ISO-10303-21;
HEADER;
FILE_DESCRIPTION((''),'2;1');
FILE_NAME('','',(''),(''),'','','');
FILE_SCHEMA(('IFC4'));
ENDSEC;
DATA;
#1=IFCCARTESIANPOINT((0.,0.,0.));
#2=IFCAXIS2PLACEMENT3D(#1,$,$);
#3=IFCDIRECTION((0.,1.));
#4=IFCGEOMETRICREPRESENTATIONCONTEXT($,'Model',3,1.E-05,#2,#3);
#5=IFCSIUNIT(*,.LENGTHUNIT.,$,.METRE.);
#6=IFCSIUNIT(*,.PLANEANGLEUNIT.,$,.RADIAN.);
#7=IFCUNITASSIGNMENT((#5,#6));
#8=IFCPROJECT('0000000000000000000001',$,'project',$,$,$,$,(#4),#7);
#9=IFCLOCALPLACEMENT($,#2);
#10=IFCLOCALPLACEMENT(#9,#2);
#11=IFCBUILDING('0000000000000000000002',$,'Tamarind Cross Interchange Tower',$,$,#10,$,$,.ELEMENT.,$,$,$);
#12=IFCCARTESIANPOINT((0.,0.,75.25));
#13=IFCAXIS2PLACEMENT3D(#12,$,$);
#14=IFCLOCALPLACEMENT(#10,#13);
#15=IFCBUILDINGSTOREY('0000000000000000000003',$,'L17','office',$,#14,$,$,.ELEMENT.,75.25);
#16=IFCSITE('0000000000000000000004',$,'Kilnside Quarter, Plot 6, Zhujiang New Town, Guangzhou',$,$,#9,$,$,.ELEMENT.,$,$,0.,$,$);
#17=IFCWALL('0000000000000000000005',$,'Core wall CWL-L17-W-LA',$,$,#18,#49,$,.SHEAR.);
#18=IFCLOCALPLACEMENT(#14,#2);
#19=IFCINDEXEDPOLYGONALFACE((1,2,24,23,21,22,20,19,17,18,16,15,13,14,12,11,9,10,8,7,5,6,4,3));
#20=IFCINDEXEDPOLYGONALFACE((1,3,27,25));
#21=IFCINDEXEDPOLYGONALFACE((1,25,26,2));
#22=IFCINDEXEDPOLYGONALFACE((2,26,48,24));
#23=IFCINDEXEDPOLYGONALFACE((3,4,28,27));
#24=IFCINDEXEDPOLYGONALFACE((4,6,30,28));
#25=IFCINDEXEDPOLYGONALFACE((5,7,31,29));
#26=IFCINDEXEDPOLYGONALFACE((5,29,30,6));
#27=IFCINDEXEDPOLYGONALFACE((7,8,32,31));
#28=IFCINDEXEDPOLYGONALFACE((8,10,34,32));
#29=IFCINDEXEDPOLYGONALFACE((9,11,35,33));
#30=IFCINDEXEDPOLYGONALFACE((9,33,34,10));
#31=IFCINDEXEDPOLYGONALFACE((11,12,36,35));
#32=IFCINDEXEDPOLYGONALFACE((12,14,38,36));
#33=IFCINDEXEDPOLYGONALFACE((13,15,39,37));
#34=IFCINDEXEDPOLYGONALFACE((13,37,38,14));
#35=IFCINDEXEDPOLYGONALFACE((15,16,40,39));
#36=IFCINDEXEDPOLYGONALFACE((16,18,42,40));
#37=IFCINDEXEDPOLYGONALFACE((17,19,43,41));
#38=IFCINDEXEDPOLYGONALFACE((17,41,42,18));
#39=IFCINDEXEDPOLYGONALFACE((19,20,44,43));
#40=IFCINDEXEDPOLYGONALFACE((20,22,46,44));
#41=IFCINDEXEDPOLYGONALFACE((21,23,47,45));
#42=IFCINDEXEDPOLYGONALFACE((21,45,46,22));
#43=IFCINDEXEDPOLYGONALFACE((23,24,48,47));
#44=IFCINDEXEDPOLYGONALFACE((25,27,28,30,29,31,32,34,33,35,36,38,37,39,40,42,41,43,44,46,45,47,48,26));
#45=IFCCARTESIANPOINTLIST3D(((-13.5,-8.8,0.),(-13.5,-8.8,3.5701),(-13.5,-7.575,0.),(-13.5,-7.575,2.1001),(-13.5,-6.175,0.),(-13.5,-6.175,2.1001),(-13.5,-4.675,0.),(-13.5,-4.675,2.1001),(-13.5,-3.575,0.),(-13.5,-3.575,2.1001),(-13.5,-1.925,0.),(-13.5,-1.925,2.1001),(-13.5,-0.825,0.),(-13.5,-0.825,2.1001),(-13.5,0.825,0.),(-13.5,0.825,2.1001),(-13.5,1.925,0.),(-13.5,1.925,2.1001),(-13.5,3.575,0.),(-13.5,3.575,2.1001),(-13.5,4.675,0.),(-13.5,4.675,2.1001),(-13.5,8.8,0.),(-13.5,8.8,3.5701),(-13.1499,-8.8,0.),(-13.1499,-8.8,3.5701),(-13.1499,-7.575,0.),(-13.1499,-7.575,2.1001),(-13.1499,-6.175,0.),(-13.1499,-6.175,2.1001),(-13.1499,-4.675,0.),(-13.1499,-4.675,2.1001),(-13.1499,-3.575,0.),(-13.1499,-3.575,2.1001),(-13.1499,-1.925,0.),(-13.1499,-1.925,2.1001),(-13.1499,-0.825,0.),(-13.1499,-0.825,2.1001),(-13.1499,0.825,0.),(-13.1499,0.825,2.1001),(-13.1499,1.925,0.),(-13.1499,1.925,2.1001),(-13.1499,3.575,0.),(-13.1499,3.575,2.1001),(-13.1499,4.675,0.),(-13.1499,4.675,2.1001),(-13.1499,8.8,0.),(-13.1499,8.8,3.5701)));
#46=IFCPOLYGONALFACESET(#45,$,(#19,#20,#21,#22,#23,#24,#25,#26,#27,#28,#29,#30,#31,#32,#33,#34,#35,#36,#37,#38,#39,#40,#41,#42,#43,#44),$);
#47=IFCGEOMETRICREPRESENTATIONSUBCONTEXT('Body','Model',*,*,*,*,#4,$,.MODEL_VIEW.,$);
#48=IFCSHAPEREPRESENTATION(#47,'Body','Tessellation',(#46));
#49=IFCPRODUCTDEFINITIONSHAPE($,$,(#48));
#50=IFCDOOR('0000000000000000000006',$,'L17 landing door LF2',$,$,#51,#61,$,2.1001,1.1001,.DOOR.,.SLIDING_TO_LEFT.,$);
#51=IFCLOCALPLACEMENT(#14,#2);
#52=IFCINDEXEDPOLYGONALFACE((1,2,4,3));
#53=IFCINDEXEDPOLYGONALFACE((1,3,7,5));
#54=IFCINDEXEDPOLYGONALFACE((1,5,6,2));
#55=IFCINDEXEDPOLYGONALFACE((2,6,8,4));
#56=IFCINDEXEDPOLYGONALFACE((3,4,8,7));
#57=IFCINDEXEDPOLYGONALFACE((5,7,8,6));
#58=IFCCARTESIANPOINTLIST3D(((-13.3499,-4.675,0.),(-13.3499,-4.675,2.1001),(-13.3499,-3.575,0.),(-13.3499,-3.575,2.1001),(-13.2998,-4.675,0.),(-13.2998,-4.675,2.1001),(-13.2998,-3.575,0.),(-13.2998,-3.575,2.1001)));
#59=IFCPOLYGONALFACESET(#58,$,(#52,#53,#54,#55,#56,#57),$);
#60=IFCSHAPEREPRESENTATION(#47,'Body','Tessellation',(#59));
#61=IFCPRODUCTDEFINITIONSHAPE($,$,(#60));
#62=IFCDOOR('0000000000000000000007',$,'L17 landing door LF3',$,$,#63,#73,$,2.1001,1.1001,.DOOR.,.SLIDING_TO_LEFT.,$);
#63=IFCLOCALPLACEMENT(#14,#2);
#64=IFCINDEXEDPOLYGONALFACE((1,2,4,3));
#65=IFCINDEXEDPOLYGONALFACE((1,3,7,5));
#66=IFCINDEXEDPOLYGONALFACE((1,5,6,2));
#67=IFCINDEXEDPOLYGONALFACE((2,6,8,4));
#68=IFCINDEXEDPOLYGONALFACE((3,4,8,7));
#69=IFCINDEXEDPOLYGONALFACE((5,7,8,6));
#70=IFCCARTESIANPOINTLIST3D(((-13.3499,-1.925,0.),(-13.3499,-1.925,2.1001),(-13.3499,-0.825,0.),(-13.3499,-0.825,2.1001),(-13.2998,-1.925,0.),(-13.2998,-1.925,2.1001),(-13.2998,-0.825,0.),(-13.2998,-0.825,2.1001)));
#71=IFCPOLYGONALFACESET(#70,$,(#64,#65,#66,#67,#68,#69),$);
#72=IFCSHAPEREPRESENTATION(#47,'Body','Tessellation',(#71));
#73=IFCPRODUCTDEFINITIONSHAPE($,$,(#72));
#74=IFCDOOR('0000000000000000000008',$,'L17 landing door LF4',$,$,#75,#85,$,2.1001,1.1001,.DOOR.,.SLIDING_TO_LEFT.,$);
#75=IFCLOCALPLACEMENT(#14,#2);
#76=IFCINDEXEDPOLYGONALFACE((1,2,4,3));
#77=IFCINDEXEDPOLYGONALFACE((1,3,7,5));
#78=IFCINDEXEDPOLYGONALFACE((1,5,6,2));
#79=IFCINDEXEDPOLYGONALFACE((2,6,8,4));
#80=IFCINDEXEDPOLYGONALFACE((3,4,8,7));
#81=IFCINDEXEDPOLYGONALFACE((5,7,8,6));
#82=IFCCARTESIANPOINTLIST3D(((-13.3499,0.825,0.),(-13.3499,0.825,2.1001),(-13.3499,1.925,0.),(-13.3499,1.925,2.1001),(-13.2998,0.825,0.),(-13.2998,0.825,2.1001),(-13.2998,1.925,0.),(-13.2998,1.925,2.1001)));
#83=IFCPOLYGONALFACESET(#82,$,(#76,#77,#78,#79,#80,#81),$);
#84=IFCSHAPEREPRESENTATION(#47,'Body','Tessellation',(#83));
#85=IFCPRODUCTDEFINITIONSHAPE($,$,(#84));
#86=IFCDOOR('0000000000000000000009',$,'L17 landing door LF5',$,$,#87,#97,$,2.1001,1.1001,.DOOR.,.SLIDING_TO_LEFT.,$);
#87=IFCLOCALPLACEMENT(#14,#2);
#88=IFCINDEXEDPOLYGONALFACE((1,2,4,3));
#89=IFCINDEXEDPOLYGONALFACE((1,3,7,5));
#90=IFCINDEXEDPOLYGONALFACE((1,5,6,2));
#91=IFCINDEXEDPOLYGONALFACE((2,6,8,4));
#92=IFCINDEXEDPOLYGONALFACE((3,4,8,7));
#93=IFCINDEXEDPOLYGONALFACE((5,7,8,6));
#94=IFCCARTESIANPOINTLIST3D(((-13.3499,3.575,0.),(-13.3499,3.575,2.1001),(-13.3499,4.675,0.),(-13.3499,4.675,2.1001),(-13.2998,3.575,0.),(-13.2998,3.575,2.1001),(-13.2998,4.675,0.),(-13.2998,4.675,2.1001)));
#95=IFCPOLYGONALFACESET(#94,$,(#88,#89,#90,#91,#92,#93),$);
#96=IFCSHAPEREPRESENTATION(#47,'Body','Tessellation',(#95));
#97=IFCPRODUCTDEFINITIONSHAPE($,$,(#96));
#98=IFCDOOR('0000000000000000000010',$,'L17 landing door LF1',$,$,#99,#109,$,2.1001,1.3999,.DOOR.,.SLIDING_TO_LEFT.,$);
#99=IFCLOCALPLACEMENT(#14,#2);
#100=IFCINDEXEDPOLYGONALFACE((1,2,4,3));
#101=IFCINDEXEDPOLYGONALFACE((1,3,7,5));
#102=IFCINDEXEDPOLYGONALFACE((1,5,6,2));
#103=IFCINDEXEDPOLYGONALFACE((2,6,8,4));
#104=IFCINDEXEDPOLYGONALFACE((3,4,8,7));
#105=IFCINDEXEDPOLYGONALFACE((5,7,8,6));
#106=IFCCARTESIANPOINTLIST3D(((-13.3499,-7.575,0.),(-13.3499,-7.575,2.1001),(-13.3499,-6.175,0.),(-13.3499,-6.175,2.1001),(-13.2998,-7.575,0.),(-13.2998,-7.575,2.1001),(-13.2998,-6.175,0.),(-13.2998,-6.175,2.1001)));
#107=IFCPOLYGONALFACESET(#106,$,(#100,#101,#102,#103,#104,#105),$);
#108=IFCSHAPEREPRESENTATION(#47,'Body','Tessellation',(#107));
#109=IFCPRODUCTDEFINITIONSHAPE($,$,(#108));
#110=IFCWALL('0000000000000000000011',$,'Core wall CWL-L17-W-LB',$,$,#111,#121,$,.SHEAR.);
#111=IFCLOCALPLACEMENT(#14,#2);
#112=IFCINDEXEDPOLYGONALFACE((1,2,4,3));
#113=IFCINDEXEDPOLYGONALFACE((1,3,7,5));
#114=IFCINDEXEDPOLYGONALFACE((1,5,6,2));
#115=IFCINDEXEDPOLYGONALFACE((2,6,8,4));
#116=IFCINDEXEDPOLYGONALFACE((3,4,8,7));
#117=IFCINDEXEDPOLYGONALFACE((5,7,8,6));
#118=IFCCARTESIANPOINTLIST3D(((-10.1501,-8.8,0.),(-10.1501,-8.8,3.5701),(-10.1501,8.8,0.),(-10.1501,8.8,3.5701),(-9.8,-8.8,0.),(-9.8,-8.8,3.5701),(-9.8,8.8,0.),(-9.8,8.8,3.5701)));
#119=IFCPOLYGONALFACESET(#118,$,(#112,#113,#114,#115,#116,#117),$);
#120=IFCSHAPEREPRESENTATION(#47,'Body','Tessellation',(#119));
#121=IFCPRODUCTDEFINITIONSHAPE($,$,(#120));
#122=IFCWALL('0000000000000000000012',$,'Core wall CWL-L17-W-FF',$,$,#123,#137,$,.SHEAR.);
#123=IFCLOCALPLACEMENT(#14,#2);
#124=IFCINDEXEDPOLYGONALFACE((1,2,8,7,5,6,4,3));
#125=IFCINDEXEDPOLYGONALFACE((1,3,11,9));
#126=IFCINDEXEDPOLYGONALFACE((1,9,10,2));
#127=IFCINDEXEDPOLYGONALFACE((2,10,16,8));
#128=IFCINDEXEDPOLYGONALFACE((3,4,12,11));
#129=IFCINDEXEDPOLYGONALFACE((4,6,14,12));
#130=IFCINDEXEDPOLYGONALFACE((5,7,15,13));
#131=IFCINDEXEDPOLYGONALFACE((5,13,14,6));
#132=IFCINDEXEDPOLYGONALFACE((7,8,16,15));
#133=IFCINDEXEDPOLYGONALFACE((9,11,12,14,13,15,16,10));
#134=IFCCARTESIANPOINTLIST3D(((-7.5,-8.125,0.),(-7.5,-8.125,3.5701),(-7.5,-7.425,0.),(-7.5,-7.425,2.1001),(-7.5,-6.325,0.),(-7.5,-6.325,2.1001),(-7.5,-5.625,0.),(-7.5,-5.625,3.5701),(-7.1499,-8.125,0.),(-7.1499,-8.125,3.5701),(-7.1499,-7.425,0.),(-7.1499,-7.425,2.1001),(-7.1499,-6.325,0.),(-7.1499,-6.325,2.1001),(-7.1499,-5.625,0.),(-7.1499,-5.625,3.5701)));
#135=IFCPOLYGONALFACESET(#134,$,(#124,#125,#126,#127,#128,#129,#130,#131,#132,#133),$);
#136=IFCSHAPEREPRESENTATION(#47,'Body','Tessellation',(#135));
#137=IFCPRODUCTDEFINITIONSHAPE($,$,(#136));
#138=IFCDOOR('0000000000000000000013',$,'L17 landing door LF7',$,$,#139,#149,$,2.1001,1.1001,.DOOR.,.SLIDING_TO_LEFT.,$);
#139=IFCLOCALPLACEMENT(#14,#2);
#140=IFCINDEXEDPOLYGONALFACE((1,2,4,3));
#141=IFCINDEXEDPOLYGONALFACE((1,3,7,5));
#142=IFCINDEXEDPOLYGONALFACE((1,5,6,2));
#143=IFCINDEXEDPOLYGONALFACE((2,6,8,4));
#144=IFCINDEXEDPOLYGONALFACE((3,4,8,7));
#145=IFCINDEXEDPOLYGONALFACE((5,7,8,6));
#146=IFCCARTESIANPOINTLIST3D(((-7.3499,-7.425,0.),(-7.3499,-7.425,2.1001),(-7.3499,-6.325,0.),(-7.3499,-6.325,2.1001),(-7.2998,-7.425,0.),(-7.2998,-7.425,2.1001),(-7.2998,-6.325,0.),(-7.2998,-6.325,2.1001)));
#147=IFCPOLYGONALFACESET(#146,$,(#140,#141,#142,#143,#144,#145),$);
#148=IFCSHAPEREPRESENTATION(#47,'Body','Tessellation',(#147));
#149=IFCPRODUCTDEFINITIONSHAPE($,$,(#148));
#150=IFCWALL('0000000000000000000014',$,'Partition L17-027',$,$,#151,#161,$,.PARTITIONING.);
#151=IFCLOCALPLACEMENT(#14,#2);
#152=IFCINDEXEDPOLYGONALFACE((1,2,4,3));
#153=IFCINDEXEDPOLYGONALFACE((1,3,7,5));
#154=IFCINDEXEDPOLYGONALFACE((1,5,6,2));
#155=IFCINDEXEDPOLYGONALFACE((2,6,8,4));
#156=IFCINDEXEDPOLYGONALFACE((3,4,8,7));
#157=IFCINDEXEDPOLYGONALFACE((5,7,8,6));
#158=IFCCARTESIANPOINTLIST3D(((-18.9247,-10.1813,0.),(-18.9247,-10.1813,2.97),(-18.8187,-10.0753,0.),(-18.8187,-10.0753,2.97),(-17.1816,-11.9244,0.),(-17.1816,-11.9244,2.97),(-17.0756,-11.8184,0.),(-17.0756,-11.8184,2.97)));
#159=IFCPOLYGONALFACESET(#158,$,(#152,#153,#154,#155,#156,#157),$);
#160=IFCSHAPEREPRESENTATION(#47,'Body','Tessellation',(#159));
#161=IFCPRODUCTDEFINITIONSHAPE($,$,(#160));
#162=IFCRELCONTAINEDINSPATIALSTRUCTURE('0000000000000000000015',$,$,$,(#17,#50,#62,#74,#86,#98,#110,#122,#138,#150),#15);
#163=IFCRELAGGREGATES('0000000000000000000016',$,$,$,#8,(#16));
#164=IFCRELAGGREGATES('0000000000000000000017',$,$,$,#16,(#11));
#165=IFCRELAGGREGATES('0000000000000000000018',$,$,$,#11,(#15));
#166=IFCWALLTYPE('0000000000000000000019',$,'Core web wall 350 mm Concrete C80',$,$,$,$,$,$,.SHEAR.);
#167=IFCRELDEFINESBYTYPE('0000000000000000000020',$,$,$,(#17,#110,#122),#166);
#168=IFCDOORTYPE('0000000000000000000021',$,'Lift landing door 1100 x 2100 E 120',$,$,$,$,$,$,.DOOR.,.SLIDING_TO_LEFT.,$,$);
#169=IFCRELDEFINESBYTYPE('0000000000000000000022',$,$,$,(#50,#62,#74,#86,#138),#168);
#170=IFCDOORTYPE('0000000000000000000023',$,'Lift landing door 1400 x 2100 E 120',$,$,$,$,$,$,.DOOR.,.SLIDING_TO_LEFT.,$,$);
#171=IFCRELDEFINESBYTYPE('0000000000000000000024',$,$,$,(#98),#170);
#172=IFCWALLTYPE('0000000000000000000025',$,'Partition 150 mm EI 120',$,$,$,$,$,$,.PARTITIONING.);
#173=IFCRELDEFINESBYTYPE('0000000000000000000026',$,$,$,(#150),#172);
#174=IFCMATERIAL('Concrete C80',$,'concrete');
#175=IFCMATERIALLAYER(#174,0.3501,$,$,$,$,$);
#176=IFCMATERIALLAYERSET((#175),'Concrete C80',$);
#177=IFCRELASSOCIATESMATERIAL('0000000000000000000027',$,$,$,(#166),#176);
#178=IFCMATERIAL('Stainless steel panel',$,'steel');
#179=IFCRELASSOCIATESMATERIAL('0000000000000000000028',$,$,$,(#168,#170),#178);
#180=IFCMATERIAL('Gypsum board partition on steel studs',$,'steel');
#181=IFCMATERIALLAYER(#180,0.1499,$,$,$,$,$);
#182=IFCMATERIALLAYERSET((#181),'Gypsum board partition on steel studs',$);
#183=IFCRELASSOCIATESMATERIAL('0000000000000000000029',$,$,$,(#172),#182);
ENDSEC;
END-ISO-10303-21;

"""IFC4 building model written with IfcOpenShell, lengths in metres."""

from ifc_helpers import new_model, si_unit, direction, frame, frame_2d, origin, place, context, subcontext, project, spatial, rectangle, extrude, material, layer, layer_set, type_object, element, fill, save


model = new_model("IFC4")

# Units and contexts
model_context = context("Model", 3, precision=1e-05, world=origin(), true_north=direction((0.0, 1.0)))
body_context = subcontext(model_context, "Body", "Model", "MODEL_VIEW")
ifc_project = project(units=[si_unit("LENGTHUNIT", "METRE"), si_unit("PLANEANGLEUNIT", "RADIAN")], contexts=[model_context])

# Site, building, storey
site_placement = place(None, origin())
site = spatial("IfcSite", under=ifc_project, at=site_placement, Name="Kilnside Quarter, Plot 6, Zhujiang New Town, Guangzhou", CompositionType="ELEMENT", RefElevation=0.0)
building_placement = place(site_placement, origin())
building = spatial("IfcBuilding", under=site, at=building_placement, Name="Tamarind Cross Interchange Tower", CompositionType="ELEMENT")
storey_placement = place(building_placement, frame((0.0, 0.0, 75.25)))
storey = spatial("IfcBuildingStorey", under=building, at=storey_placement, Name="L17", Description="office", CompositionType="ELEMENT", Elevation=75.25)

# Shared definitions
ifc_material_1 = material(Name="Concrete C80", Category="concrete")

# Shared definitions
ifc_layer_1 = layer(ifc_material_1, 0.3501)
ifc_layer_set_1 = layer_set([ifc_layer_1], Name="Concrete C80")
wall_type_1 = type_object("IfcWallType", Name="Core web wall 350 mm Concrete C80", PredefinedType="SHEAR", material=ifc_layer_set_1)

# Wall, openings, doors
wall_1_placement = place(storey_placement, frame((-13.325, -8.8, 0.0), z_axis=(0.0, 0.0, 1.0), x_axis=(0.0, 1.0, 0.0)))
wall_1 = element("IfcWall", 1, at=wall_1_placement, inside=storey, type_object=wall_type_1, Name="Core wall CWL-L17-W-LA", PredefinedType="SHEAR", context=body_context, shape_type="SweptSolid", body=[
    extrude(rectangle(XDim=17.6001, YDim=0.3501, at=frame_2d((8.8, 0.0))), origin(), (0.0, 0.0, 1.0), 3.5701),
])
opening_1_placement = place(wall_1_placement, frame((1.2251, 0.0, 0.0)))
opening_1 = element("IfcOpeningElement", 2, at=opening_1_placement, cuts=wall_1, PredefinedType="OPENING", context=body_context, shape_type="SweptSolid", body=[
    extrude(rectangle(XDim=1.3999, YDim=2.1001, at=frame_2d((0.7, 1.05))), frame((0.0, 0.1851, 0.0), z_axis=(0.0, -1.0, 0.0), x_axis=(1.0, 0.0, 0.0)), (0.0, 0.0, 1.0), 0.3701),
])
opening_2_placement = place(wall_1_placement, frame((4.125, 0.0, 0.0)))
opening_2 = element("IfcOpeningElement", 3, at=opening_2_placement, cuts=wall_1, PredefinedType="OPENING", context=body_context, shape_type="SweptSolid", body=[
    extrude(rectangle(XDim=1.1001, YDim=2.1001, at=frame_2d((0.55, 1.05))), frame((0.0, 0.1851, 0.0), z_axis=(0.0, -1.0, 0.0), x_axis=(1.0, 0.0, 0.0)), (0.0, 0.0, 1.0), 0.3701),
])
opening_3_placement = place(wall_1_placement, frame((6.875, 0.0, 0.0)))
opening_3 = element("IfcOpeningElement", 4, at=opening_3_placement, cuts=wall_1, PredefinedType="OPENING", context=body_context, shape_type="SweptSolid", body=[
    extrude(rectangle(XDim=1.1001, YDim=2.1001, at=frame_2d((0.55, 1.05))), frame((0.0, 0.1851, 0.0), z_axis=(0.0, -1.0, 0.0), x_axis=(1.0, 0.0, 0.0)), (0.0, 0.0, 1.0), 0.3701),
])
opening_4_placement = place(wall_1_placement, frame((9.625, 0.0, 0.0)))
opening_4 = element("IfcOpeningElement", 5, at=opening_4_placement, cuts=wall_1, PredefinedType="OPENING", context=body_context, shape_type="SweptSolid", body=[
    extrude(rectangle(XDim=1.1001, YDim=2.1001, at=frame_2d((0.55, 1.05))), frame((0.0, 0.1851, 0.0), z_axis=(0.0, -1.0, 0.0), x_axis=(1.0, 0.0, 0.0)), (0.0, 0.0, 1.0), 0.3701),
])
opening_5_placement = place(wall_1_placement, frame((12.375, 0.0, 0.0)))
opening_5 = element("IfcOpeningElement", 6, at=opening_5_placement, cuts=wall_1, PredefinedType="OPENING", context=body_context, shape_type="SweptSolid", body=[
    extrude(rectangle(XDim=1.1001, YDim=2.1001, at=frame_2d((0.55, 1.05))), frame((0.0, 0.1851, 0.0), z_axis=(0.0, -1.0, 0.0), x_axis=(1.0, 0.0, 0.0)), (0.0, 0.0, 1.0), 0.3701),
])
ifc_material_2 = material(Name="Stainless steel panel", Category="steel")
door_type_1 = type_object("IfcDoorType", Name="Lift landing door 1100 x 2100 E 120", OperationType="SLIDING_TO_LEFT", PredefinedType="DOOR", material=ifc_material_2)
door_1_placement = place(opening_2_placement, origin())
door_1 = element("IfcDoor", 7, at=door_1_placement, inside=storey, type_object=door_type_1, Name="L17 landing door LF2", OperationType="SLIDING_TO_LEFT", OverallHeight=2.1001, OverallWidth=1.1001, PredefinedType="DOOR", context=body_context, shape_type="SweptSolid", body=[
    extrude(rectangle(XDim=1.1001, YDim=2.1001, at=frame_2d((0.55, 1.05))), frame((0.0, 0.0249, 0.0), z_axis=(0.0, -1.0, 0.0), x_axis=(1.0, 0.0, 0.0)), (0.0, 0.0, 1.0), 0.05),
])
fill(opening_2, door_1)
door_2_placement = place(opening_3_placement, origin())
door_2 = element("IfcDoor", 8, at=door_2_placement, inside=storey, type_object=door_type_1, Name="L17 landing door LF3", OperationType="SLIDING_TO_LEFT", OverallHeight=2.1001, OverallWidth=1.1001, PredefinedType="DOOR", context=body_context, shape_type="SweptSolid", body=[
    extrude(rectangle(XDim=1.1001, YDim=2.1001, at=frame_2d((0.55, 1.05))), frame((0.0, 0.0249, 0.0), z_axis=(0.0, -1.0, 0.0), x_axis=(1.0, 0.0, 0.0)), (0.0, 0.0, 1.0), 0.05),
])
fill(opening_3, door_2)
door_3_placement = place(opening_4_placement, origin())
door_3 = element("IfcDoor", 9, at=door_3_placement, inside=storey, type_object=door_type_1, Name="L17 landing door LF4", OperationType="SLIDING_TO_LEFT", OverallHeight=2.1001, OverallWidth=1.1001, PredefinedType="DOOR", context=body_context, shape_type="SweptSolid", body=[
    extrude(rectangle(XDim=1.1001, YDim=2.1001, at=frame_2d((0.55, 1.05))), frame((0.0, 0.0249, 0.0), z_axis=(0.0, -1.0, 0.0), x_axis=(1.0, 0.0, 0.0)), (0.0, 0.0, 1.0), 0.05),
])
fill(opening_4, door_3)
door_4_placement = place(opening_5_placement, origin())
door_4 = element("IfcDoor", 10, at=door_4_placement, inside=storey, type_object=door_type_1, Name="L17 landing door LF5", OperationType="SLIDING_TO_LEFT", OverallHeight=2.1001, OverallWidth=1.1001, PredefinedType="DOOR", context=body_context, shape_type="SweptSolid", body=[
    extrude(rectangle(XDim=1.1001, YDim=2.1001, at=frame_2d((0.55, 1.05))), frame((0.0, 0.0249, 0.0), z_axis=(0.0, -1.0, 0.0), x_axis=(1.0, 0.0, 0.0)), (0.0, 0.0, 1.0), 0.05),
])
fill(opening_5, door_4)
door_type_2 = type_object("IfcDoorType", Name="Lift landing door 1400 x 2100 E 120", OperationType="SLIDING_TO_LEFT", PredefinedType="DOOR", material=ifc_material_2)
door_5_placement = place(opening_1_placement, origin())
door_5 = element("IfcDoor", 11, at=door_5_placement, inside=storey, type_object=door_type_2, Name="L17 landing door LF1", OperationType="SLIDING_TO_LEFT", OverallHeight=2.1001, OverallWidth=1.3999, PredefinedType="DOOR", context=body_context, shape_type="SweptSolid", body=[
    extrude(rectangle(XDim=1.3999, YDim=2.1001, at=frame_2d((0.7, 1.05))), frame((0.0, 0.0249, 0.0), z_axis=(0.0, -1.0, 0.0), x_axis=(1.0, 0.0, 0.0)), (0.0, 0.0, 1.0), 0.05),
])
fill(opening_1, door_5)

# Wall
wall_2_placement = place(storey_placement, frame((-9.9751, -8.8, 0.0), z_axis=(0.0, 0.0, 1.0), x_axis=(0.0, 1.0, 0.0)))
element("IfcWall", 12, at=wall_2_placement, inside=storey, type_object=wall_type_1, Name="Core wall CWL-L17-W-LB", PredefinedType="SHEAR", context=body_context, shape_type="SweptSolid", body=[
    extrude(rectangle(XDim=17.6001, YDim=0.3501, at=frame_2d((8.8, 0.0))), origin(), (0.0, 0.0, 1.0), 3.5701),
])

# Wall, opening, door
wall_3_placement = place(storey_placement, frame((-7.325, -8.125, 0.0), z_axis=(0.0, 0.0, 1.0), x_axis=(0.0, 1.0, 0.0)))
wall_3 = element("IfcWall", 13, at=wall_3_placement, inside=storey, type_object=wall_type_1, Name="Core wall CWL-L17-W-FF", PredefinedType="SHEAR", context=body_context, shape_type="SweptSolid", body=[
    extrude(rectangle(XDim=2.5, YDim=0.3501, at=frame_2d((1.25, 0.0))), origin(), (0.0, 0.0, 1.0), 3.5701),
])
opening_6_placement = place(wall_3_placement, frame((0.7, 0.0, 0.0)))
opening_6 = element("IfcOpeningElement", 14, at=opening_6_placement, cuts=wall_3, PredefinedType="OPENING", context=body_context, shape_type="SweptSolid", body=[
    extrude(rectangle(XDim=1.1001, YDim=2.1001, at=frame_2d((0.55, 1.05))), frame((0.0, 0.1851, 0.0), z_axis=(0.0, -1.0, 0.0), x_axis=(1.0, 0.0, 0.0)), (0.0, 0.0, 1.0), 0.3701),
])
door_6_placement = place(opening_6_placement, origin())
door_6 = element("IfcDoor", 15, at=door_6_placement, inside=storey, type_object=door_type_1, Name="L17 landing door LF7", OperationType="SLIDING_TO_LEFT", OverallHeight=2.1001, OverallWidth=1.1001, PredefinedType="DOOR", context=body_context, shape_type="SweptSolid", body=[
    extrude(rectangle(XDim=1.1001, YDim=2.1001, at=frame_2d((0.55, 1.05))), frame((0.0, 0.0249, 0.0), z_axis=(0.0, -1.0, 0.0), x_axis=(1.0, 0.0, 0.0)), (0.0, 0.0, 1.0), 0.05),
])
fill(opening_6, door_6)

# Wall
ifc_material_3 = material(Name="Gypsum board partition on steel studs", Category="steel")
ifc_layer_2 = layer(ifc_material_3, 0.1499)
ifc_layer_set_2 = layer_set([ifc_layer_2], Name="Gypsum board partition on steel studs")
wall_type_2 = type_object("IfcWallType", Name="Partition 150 mm EI 120", PredefinedType="PARTITIONING", material=ifc_layer_set_2)
wall_4_placement = place(storey_placement, frame((-18.8716, -10.1284, 0.0), z_axis=(0.0, 0.0, 1.0), x_axis=(0.707107, -0.707107, 0.0)))
element("IfcWall", 16, at=wall_4_placement, inside=storey, type_object=wall_type_2, Name="Partition L17-027", PredefinedType="PARTITIONING", context=body_context, shape_type="SweptSolid", body=[
    extrude(rectangle(XDim=2.4651, YDim=0.1499, at=frame_2d((1.2324, 0.0))), origin(), (0.0, 0.0, 1.0), 2.97),
])

save(model, "model.ifc")
